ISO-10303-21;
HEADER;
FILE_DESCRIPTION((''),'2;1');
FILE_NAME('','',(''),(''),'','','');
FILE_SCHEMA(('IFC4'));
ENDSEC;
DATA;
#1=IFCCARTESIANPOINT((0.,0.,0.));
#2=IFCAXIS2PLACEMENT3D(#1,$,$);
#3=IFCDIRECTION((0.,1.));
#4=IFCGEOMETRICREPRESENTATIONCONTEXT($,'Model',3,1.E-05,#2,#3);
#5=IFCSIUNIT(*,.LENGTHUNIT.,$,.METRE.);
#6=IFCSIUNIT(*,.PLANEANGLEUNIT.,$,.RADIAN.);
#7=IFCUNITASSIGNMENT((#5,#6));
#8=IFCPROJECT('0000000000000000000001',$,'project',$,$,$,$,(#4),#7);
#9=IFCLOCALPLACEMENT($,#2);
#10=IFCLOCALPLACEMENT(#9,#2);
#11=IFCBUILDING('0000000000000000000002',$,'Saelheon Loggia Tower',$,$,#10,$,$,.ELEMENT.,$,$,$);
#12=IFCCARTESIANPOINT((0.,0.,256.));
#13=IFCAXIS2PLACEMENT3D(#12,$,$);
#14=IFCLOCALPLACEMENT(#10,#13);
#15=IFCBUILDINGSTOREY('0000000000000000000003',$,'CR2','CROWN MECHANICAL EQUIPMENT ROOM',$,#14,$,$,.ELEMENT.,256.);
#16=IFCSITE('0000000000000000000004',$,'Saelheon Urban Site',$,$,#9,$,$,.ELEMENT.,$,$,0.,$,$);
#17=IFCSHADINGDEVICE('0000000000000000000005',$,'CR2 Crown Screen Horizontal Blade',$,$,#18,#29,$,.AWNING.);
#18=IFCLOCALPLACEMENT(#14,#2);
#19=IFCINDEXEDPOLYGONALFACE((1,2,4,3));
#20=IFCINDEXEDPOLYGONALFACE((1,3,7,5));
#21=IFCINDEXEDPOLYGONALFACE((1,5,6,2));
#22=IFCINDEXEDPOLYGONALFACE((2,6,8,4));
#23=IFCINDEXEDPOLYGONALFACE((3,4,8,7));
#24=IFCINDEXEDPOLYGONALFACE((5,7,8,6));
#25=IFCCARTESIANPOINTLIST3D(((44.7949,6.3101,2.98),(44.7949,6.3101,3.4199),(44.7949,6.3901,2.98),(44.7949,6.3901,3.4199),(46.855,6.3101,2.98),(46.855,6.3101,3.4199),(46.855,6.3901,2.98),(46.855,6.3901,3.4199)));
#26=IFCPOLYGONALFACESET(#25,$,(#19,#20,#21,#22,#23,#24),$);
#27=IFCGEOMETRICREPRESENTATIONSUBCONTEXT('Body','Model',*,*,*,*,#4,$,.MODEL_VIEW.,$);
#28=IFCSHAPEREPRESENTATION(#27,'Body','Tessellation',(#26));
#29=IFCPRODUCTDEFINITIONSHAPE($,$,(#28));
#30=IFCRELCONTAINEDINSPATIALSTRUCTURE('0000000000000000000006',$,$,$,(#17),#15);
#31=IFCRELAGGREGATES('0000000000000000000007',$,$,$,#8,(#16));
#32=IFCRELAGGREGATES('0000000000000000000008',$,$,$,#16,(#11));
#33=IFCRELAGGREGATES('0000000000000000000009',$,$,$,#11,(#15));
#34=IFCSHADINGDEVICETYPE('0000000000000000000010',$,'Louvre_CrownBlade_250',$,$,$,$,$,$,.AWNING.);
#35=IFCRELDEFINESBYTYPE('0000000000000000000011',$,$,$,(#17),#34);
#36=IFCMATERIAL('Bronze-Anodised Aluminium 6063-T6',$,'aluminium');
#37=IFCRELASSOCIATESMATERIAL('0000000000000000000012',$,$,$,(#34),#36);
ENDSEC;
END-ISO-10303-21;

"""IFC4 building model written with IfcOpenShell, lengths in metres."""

from ifc_helpers import new_model, si_unit, direction, frame, origin, origin_2d, place, context, subcontext, project, spatial, rectangle, extrude, source, transform, mapped, material, material_profile, profile_set, type_object, element, save


model = new_model("IFC4")

# Units and contexts
model_context = context("Model", 3, precision=1e-05, world=origin(), true_north=direction((0.0, 1.0)))
body_context = subcontext(model_context, "Body", "Model", "MODEL_VIEW")
ifc_project = project(units=[si_unit("LENGTHUNIT", "METRE"), si_unit("PLANEANGLEUNIT", "RADIAN")], contexts=[model_context])

# Site, building, storey
site_placement = place(None, origin())
site = spatial("IfcSite", under=ifc_project, at=site_placement, Name="Saelheon Urban Site", CompositionType="ELEMENT", RefElevation=0.0)
building_placement = place(site_placement, origin())
building = spatial("IfcBuilding", under=site, at=building_placement, Name="Saelheon Loggia Tower", CompositionType="ELEMENT")
storey_placement = place(building_placement, frame((0.0, 0.0, 256.0)))
storey = spatial("IfcBuildingStorey", under=building, at=storey_placement, Name="CR2", Description="CROWN MECHANICAL EQUIPMENT ROOM", CompositionType="ELEMENT", Elevation=256.0)

# Shared definitions
ifc_material_1 = material(Name="Bronze-Anodised Aluminium 6063-T6", Category="aluminium")

# Shading device
ifc_material_profile_1 = material_profile(ifc_material_1, rectangle(XDim=0.0801, YDim=0.4399, at=origin_2d()), Name="Louvre_CrownBlade_250")
ifc_profile_set_1 = profile_set([ifc_material_profile_1], Name="Bronze-Anodised Aluminium 6063-T6")
shading_device_type = type_object("IfcShadingDeviceType", Name="Louvre_CrownBlade_250", PredefinedType="AWNING", material=ifc_profile_set_1)
shared_shape_1 = source(origin(), body_context, "Body", "SweptSolid", [
    extrude(rectangle(XDim=0.0801, YDim=0.4399, at=origin_2d()), origin(), (0.0, 0.0, 1.0), 2.0601),
])
for number, where, z_axis, x_axis, name in (
    (1, (44.7949, 6.3501, 3.2), (1.0, 0.0, 0.0), (0.0, 1.0, 0.0), "CR2 Crown Screen Horizontal Blade"),
):
    element("IfcShadingDevice", number, at=place(storey_placement, frame(where, z_axis=z_axis, x_axis=x_axis)), inside=storey, type_object=shading_device_type, Name=name, PredefinedType="AWNING", context=body_context, shape_type="MappedRepresentation", body=[
        mapped(shared_shape_1, transform((0.0, 0.0, 0.0), scale=1.0)),
    ])

save(model, "model.ifc")
